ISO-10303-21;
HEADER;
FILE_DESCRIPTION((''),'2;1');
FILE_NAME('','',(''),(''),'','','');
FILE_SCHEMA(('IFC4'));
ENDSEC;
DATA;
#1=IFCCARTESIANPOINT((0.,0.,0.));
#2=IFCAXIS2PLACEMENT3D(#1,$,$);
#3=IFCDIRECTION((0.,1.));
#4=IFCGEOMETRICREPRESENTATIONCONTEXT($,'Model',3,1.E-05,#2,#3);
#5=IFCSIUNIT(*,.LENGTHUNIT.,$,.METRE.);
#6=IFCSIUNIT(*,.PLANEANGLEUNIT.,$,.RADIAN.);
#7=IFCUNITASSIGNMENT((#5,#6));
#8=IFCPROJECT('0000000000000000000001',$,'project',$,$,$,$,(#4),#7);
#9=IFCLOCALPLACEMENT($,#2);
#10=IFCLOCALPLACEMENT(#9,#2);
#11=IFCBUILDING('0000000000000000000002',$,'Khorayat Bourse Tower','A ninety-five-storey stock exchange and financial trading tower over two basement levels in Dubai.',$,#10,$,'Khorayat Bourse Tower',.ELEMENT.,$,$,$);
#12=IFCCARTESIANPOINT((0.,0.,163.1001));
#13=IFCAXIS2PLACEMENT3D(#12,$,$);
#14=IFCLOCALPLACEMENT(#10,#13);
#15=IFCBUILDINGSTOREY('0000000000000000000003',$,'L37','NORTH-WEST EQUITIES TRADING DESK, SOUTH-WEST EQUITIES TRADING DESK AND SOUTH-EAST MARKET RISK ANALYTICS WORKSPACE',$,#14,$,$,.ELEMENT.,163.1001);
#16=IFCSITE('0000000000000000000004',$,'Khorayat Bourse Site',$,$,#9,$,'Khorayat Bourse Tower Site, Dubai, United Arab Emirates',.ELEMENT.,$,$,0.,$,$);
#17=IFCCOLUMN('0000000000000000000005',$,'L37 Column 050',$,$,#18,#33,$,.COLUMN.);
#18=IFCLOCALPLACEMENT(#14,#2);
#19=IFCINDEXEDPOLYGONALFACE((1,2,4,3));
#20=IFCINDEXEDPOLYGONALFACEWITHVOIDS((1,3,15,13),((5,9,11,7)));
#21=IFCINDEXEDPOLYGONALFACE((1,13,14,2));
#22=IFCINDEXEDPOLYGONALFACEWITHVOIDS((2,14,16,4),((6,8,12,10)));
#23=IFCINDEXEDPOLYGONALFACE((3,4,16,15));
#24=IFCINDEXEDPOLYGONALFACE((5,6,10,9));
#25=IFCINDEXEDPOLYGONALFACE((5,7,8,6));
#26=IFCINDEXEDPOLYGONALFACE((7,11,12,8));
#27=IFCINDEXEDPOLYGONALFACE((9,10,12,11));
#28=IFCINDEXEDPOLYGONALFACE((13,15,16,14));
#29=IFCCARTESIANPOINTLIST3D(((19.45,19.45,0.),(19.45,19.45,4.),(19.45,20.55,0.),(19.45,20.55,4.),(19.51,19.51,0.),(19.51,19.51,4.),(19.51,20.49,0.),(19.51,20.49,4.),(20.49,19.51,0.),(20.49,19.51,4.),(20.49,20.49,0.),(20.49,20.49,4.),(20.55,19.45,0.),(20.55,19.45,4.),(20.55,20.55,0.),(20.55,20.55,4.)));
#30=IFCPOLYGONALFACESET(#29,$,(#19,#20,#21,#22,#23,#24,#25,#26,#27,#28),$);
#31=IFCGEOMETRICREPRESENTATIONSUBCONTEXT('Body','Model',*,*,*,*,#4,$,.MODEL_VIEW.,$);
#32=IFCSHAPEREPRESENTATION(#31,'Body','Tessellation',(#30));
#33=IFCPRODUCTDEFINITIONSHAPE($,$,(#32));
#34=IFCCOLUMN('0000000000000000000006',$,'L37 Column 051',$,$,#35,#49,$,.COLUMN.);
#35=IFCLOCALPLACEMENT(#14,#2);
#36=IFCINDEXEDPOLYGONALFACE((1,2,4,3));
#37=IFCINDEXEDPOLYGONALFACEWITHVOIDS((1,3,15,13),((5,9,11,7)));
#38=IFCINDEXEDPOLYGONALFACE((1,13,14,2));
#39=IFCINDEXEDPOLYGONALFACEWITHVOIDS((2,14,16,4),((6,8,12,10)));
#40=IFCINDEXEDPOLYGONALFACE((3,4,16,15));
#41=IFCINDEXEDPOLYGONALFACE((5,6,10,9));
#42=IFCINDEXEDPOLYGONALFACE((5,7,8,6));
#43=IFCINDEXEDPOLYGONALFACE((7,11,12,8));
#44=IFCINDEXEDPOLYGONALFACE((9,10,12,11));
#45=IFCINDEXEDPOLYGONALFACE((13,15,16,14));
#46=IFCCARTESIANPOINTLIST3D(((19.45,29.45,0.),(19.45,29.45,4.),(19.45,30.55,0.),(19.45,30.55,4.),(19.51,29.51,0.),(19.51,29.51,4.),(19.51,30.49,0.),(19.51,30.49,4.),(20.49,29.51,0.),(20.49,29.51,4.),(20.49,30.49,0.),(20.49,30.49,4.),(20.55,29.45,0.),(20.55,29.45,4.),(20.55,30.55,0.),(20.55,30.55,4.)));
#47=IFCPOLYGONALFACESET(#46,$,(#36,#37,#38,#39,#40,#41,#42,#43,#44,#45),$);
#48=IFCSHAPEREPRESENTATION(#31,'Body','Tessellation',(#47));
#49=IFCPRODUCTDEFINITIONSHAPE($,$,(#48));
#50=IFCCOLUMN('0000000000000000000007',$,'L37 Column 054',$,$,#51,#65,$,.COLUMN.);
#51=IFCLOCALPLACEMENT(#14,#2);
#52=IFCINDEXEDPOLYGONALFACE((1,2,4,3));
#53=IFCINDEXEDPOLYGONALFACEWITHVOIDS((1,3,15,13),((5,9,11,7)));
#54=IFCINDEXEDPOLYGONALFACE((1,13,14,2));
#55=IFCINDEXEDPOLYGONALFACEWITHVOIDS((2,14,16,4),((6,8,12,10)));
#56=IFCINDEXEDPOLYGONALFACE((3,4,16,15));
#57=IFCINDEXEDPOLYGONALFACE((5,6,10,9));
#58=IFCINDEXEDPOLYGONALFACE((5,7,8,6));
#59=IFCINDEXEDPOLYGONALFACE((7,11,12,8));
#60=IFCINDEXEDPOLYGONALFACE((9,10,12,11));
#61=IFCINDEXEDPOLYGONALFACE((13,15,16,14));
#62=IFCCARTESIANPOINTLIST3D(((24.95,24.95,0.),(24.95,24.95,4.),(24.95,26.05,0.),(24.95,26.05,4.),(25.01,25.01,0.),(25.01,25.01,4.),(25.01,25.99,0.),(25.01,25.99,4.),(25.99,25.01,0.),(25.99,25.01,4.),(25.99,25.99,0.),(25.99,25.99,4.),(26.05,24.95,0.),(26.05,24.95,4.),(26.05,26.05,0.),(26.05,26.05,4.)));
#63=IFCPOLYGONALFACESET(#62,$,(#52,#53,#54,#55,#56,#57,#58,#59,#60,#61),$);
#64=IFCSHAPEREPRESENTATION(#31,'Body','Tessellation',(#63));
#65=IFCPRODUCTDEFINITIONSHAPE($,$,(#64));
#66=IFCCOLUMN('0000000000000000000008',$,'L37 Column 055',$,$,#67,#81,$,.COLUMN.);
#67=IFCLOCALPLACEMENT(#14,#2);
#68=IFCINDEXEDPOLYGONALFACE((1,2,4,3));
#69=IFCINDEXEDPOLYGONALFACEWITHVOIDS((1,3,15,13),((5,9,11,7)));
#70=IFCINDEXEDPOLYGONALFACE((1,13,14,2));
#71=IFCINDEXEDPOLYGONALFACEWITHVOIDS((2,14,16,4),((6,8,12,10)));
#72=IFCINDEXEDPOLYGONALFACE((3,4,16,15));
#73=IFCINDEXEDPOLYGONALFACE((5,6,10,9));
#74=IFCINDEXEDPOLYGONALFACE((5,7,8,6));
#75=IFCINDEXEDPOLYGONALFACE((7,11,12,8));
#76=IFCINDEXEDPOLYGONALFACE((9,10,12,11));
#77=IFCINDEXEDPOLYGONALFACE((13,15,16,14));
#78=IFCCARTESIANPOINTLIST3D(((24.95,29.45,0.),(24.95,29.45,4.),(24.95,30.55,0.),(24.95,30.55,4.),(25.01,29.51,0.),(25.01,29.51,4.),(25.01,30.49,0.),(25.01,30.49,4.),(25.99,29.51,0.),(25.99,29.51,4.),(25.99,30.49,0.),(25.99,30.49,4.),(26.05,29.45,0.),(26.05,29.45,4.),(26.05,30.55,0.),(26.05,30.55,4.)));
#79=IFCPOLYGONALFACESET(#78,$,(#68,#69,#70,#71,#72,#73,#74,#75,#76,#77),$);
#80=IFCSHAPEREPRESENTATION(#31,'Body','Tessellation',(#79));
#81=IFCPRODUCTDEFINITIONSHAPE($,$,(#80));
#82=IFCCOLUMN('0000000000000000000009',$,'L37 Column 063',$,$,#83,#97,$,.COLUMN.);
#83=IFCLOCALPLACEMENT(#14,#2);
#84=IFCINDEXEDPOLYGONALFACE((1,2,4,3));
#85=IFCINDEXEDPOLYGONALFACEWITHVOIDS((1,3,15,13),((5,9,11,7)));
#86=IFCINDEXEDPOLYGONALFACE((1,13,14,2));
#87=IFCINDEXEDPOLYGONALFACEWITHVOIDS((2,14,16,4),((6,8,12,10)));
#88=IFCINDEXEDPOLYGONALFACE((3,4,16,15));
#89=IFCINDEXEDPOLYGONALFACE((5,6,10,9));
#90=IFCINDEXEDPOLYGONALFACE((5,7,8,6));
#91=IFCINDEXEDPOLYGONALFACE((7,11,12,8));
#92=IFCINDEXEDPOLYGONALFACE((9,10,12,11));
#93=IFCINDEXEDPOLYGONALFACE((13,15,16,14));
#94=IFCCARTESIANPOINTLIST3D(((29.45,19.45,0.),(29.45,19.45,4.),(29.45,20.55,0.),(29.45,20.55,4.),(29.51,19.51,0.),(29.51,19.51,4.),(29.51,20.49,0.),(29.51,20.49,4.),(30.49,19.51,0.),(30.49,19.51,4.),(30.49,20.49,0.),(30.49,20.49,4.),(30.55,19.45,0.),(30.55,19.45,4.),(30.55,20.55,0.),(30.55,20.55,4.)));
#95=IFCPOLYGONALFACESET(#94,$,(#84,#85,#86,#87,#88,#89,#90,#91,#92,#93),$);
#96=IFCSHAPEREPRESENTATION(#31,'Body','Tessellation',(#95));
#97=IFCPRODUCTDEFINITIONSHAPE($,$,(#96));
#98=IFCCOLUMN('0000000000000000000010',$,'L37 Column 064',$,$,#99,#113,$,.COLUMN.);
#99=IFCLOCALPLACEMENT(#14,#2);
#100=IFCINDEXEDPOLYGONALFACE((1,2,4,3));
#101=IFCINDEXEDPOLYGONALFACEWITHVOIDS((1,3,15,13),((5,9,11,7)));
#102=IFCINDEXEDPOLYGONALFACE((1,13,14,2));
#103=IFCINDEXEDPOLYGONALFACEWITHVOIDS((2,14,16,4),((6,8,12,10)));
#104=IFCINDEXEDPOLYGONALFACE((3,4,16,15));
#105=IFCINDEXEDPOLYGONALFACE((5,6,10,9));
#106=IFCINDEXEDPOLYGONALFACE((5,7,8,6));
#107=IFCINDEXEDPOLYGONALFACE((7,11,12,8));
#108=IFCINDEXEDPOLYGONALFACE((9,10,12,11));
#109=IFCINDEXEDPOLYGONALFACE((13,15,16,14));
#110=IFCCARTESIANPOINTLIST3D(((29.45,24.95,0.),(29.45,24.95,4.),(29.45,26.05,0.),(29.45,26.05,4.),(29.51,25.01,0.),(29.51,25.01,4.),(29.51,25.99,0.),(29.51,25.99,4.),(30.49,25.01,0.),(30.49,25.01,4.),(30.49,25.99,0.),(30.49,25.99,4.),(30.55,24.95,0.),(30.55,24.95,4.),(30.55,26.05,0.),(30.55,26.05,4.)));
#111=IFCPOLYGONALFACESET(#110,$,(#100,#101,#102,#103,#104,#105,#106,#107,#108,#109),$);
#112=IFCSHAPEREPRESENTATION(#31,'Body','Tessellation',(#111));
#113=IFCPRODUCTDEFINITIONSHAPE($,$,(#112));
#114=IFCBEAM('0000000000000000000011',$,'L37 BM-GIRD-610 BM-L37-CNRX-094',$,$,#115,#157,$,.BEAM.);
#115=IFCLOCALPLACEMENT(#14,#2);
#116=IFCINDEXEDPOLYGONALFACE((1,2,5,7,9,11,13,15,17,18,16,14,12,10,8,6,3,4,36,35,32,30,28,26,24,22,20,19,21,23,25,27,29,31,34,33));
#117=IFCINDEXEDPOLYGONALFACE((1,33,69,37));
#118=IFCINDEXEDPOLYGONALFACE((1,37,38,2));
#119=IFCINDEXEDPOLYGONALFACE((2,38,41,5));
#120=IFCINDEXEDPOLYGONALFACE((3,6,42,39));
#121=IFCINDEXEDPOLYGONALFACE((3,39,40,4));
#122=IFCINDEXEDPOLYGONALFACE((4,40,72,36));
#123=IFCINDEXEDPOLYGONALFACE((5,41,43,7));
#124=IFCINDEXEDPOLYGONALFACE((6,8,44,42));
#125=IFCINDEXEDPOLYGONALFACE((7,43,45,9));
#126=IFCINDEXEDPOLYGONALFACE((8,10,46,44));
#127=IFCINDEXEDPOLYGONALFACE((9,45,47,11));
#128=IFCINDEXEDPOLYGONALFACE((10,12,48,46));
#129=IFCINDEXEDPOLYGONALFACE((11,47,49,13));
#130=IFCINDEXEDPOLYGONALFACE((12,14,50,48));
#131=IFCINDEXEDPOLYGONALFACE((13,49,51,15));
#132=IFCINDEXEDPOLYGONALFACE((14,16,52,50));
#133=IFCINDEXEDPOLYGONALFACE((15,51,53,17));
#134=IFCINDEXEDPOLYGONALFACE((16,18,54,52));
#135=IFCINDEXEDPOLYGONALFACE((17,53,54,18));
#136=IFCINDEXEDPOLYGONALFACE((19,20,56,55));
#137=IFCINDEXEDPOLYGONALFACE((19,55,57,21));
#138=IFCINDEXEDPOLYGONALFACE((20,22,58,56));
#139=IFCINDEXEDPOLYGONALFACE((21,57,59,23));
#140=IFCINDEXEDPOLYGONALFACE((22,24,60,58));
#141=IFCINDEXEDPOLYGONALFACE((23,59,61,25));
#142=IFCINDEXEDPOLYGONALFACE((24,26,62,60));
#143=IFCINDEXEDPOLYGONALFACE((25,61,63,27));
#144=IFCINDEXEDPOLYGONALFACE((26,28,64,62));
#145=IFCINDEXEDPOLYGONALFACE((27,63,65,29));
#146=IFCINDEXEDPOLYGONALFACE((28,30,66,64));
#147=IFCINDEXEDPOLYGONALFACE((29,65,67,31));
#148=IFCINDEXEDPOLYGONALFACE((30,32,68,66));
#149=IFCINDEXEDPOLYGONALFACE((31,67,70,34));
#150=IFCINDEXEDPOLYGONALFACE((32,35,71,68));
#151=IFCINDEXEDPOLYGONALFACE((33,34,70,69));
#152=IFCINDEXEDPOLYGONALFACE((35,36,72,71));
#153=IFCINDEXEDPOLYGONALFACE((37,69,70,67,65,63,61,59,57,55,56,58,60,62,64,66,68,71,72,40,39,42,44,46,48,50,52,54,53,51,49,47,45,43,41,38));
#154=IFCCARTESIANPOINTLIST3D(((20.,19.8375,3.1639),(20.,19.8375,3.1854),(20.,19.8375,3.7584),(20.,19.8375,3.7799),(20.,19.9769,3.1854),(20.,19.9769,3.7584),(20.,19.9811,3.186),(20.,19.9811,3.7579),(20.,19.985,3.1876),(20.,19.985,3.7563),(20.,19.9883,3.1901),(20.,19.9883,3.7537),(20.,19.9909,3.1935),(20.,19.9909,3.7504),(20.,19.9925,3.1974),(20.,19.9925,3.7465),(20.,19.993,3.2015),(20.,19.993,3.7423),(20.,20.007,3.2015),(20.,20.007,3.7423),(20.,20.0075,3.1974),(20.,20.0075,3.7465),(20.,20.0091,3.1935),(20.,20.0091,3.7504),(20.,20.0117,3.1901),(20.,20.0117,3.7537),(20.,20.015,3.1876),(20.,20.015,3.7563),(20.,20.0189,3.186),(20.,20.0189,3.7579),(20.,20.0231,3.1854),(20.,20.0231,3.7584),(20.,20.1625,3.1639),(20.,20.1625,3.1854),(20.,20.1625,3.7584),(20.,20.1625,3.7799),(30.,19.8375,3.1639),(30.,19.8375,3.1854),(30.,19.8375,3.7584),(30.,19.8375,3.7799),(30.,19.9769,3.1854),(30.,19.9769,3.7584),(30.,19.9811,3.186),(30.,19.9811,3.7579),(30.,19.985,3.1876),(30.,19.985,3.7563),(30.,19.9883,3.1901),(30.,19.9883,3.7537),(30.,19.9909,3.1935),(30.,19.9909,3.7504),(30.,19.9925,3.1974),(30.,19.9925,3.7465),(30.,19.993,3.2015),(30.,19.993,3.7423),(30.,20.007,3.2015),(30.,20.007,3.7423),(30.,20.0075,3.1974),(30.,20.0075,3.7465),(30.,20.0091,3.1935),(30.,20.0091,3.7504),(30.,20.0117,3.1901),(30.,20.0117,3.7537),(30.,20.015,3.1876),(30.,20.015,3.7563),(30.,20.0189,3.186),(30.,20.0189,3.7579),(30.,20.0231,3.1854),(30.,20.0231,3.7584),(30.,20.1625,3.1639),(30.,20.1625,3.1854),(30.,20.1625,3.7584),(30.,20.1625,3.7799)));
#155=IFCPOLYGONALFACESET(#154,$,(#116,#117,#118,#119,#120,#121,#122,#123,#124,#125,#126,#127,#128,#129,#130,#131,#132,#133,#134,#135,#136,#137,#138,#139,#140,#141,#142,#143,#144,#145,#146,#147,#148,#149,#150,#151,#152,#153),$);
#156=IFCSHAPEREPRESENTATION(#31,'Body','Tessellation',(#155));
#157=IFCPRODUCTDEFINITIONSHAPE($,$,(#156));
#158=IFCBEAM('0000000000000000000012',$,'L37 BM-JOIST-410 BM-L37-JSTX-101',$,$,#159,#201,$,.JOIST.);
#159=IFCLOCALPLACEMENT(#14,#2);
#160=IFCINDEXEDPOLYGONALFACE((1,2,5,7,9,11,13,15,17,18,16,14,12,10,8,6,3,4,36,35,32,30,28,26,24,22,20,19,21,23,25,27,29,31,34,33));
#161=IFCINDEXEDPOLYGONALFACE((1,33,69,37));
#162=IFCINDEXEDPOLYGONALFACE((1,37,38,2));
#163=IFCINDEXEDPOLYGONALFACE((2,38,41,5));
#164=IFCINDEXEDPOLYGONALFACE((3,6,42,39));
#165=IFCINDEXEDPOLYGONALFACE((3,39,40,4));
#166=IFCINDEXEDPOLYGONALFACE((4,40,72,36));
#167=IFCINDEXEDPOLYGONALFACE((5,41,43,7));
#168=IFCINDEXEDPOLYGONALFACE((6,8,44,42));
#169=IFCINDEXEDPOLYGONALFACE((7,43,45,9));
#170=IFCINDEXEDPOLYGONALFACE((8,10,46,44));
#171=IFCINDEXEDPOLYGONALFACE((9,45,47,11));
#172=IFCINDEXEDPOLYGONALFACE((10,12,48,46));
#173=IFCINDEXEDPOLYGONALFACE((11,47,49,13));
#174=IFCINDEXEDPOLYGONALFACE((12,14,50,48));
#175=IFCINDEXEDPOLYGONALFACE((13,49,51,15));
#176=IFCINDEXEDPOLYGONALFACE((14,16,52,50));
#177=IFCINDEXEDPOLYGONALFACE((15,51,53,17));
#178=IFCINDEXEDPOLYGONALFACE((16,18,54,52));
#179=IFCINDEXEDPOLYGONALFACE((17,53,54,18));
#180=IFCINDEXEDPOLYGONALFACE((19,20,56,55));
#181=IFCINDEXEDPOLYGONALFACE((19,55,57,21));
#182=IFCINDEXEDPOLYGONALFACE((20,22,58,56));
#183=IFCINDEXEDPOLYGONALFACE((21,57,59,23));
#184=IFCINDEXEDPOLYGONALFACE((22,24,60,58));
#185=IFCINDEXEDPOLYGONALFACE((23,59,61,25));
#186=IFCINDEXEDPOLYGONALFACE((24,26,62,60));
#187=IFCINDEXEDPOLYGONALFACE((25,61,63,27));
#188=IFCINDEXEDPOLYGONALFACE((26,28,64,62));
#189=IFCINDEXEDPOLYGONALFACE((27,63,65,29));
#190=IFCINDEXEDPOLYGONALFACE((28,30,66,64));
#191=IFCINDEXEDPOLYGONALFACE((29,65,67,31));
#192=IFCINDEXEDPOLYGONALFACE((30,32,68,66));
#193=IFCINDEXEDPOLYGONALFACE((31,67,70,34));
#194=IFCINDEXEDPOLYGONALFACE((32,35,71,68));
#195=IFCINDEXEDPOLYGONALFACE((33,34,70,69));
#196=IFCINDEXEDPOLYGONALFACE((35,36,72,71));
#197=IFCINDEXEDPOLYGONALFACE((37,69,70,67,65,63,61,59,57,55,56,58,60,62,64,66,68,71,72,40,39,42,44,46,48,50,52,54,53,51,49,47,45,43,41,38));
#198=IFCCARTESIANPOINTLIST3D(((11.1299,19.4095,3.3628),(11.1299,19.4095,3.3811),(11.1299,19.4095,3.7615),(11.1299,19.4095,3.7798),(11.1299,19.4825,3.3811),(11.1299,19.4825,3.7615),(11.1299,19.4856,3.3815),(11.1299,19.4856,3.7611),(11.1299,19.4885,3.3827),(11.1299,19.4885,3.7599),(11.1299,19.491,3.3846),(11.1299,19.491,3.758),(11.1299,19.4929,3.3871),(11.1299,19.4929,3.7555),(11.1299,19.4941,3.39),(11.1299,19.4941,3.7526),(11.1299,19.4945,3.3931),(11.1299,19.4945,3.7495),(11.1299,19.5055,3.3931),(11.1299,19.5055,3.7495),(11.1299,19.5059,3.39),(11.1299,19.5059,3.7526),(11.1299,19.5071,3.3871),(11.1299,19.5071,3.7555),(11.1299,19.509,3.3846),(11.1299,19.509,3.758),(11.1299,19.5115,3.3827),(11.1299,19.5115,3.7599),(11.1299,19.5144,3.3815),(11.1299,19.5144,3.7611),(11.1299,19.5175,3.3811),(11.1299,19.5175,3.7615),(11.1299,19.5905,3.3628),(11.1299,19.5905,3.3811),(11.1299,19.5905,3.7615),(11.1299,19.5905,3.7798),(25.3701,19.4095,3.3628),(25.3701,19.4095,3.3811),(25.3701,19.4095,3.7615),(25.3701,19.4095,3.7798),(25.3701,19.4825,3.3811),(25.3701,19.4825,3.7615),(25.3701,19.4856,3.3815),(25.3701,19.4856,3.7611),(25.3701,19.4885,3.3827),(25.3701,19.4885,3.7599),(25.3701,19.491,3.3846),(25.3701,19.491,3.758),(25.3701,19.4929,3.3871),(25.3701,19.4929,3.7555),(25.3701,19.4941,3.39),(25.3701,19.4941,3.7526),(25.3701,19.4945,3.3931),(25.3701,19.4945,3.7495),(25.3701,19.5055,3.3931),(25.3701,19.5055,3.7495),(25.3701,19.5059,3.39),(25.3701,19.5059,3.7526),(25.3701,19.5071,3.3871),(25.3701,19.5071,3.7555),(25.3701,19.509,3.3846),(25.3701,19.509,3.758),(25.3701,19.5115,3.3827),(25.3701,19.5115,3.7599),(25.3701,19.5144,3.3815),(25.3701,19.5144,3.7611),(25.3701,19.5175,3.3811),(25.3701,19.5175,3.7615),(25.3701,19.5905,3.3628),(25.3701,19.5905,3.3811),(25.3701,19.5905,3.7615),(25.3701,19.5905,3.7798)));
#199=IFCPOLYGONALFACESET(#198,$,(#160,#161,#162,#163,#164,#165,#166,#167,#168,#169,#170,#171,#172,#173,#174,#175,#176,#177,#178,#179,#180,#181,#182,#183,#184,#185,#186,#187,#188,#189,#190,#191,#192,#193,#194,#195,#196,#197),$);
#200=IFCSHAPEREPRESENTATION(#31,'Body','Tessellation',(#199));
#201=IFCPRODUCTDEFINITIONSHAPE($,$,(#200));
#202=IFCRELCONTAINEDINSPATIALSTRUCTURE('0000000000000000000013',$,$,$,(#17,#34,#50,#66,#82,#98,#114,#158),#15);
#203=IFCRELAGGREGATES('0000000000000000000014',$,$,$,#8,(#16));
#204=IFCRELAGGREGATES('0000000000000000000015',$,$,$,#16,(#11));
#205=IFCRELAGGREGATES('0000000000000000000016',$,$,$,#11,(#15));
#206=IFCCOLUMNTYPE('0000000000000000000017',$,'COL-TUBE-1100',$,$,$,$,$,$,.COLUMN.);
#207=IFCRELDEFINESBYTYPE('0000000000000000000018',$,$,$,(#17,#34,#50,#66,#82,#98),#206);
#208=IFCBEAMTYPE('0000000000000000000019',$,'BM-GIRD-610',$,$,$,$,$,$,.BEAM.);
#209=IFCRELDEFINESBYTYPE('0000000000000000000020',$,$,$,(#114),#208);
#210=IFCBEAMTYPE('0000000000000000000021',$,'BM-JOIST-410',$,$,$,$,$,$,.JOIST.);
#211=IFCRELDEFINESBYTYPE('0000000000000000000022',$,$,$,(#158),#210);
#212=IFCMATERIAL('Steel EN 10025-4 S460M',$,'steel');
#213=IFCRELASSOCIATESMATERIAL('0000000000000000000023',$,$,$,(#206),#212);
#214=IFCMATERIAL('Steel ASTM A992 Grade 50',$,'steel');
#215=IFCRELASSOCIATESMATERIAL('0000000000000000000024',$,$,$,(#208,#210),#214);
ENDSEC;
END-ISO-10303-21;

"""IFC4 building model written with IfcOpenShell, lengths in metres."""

from ifc_helpers import new_model, si_unit, direction, frame, origin, origin_2d, place, context, subcontext, project, spatial, hollow_rectangle, i_section, extrude, source, transform, mapped, material, material_profile, profile_set, type_object, element, save


model = new_model("IFC4")

# Units and contexts
model_context = context("Model", 3, precision=1e-05, world=origin(), true_north=direction((0.0, 1.0)))
body_context = subcontext(model_context, "Body", "Model", "MODEL_VIEW")
ifc_project = project(units=[si_unit("LENGTHUNIT", "METRE"), si_unit("PLANEANGLEUNIT", "RADIAN")], contexts=[model_context])

# Site, building, storey
site_placement = place(None, origin())
site = spatial("IfcSite", under=ifc_project, at=site_placement, Name="Khorayat Bourse Site", LongName="Khorayat Bourse Tower Site, Dubai, United Arab Emirates", CompositionType="ELEMENT", RefElevation=0.0)
building_placement = place(site_placement, origin())
building = spatial("IfcBuilding", under=site, at=building_placement, Name="Khorayat Bourse Tower", Description="A ninety-five-storey stock exchange and financial trading tower over two basement levels in Dubai.", LongName="Khorayat Bourse Tower", CompositionType="ELEMENT")
storey_placement = place(building_placement, frame((0.0, 0.0, 163.1001)))
storey = spatial("IfcBuildingStorey", under=building, at=storey_placement, Name="L37", Description="NORTH-WEST EQUITIES TRADING DESK, SOUTH-WEST EQUITIES TRADING DESK AND SOUTH-EAST MARKET RISK ANALYTICS WORKSPACE", CompositionType="ELEMENT", Elevation=163.1001)

# Columns
ifc_material_1 = material(Name="Steel EN 10025-4 S460M", Category="steel")
ifc_material_profile_1 = material_profile(ifc_material_1, hollow_rectangle(XDim=1.1001, YDim=1.1001, WallThickness=0.0601, at=origin_2d()), Name="BOX 1100x1100x60")
ifc_profile_set_1 = profile_set([ifc_material_profile_1], Name="Steel EN 10025-4 S460M")
column_type = type_object("IfcColumnType", Name="COL-TUBE-1100", PredefinedType="COLUMN", material=ifc_profile_set_1)
shared_shape_1 = source(origin(), body_context, "Body", "SweptSolid", [
    extrude(hollow_rectangle(XDim=1.1001, YDim=1.1001, WallThickness=0.0601, at=origin_2d()), origin(), (0.0, 0.0, 1.0), 4.0),
])
for number, where, z_axis, x_axis, name in (
    (1, (20.0, 20.0, 0.0), (0.0, 0.0, 1.0), (1.0, 0.0, 0.0), "L37 Column 050"),
    (2, (20.0, 30.0, 0.0), (0.0, 0.0, 1.0), (1.0, 0.0, 0.0), "L37 Column 051"),
    (3, (25.5, 25.5, 0.0), (0.0, 0.0, 1.0), (1.0, 0.0, 0.0), "L37 Column 054"),
    (4, (25.5, 30.0, 0.0), (0.0, 0.0, 1.0), (1.0, 0.0, 0.0), "L37 Column 055"),
    (5, (30.0, 20.0, 0.0), (0.0, 0.0, 1.0), (1.0, 0.0, 0.0), "L37 Column 063"),
    (6, (30.0, 25.5, 0.0), (0.0, 0.0, 1.0), (1.0, 0.0, 0.0), "L37 Column 064"),
):
    element("IfcColumn", number, at=place(storey_placement, frame(where, z_axis=z_axis, x_axis=x_axis)), inside=storey, type_object=column_type, Name=name, PredefinedType="COLUMN", context=body_context, shape_type="MappedRepresentation", body=[
        mapped(shared_shape_1, transform((0.0, 0.0, 0.0), scale=1.0)),
    ])

# Beams
ifc_material_2 = material(Name="Steel ASTM A992 Grade 50", Category="steel")
ifc_material_profile_2 = material_profile(ifc_material_2, i_section(OverallWidth=0.325, OverallDepth=0.616, WebThickness=0.0139, FlangeThickness=0.0215, FilletRadius=0.0161, at=origin_2d()), Name="W610X174")
ifc_profile_set_2 = profile_set([ifc_material_profile_2], Name="Steel ASTM A992 Grade 50")
beam_type_1 = type_object("IfcBeamType", Name="BM-GIRD-610", PredefinedType="BEAM", material=ifc_profile_set_2)
shared_shape_2 = source(origin(), body_context, "Body", "SweptSolid", [
    extrude(i_section(OverallWidth=0.325, OverallDepth=0.616, WebThickness=0.0139, FlangeThickness=0.0215, FilletRadius=0.0161, at=origin_2d()), origin(), (0.0, 0.0, 1.0), 10.0),
])
beam_1_placement = place(storey_placement, frame((20.0, 20.0, 3.4719), z_axis=(1.0, 0.0, 0.0), x_axis=(0.0, 1.0, 0.0)))
element("IfcBeam", 7, at=beam_1_placement, inside=storey, type_object=beam_type_1, Name="L37 BM-GIRD-610 BM-L37-CNRX-094", PredefinedType="BEAM", context=body_context, shape_type="MappedRepresentation", body=[
    mapped(shared_shape_2, transform((0.0, 0.0, 0.0), scale=1.0)),
])
ifc_material_profile_3 = material_profile(ifc_material_2, i_section(OverallWidth=0.1809, OverallDepth=0.417, WebThickness=0.011, FlangeThickness=0.0183, FilletRadius=0.012, at=origin_2d()), Name="W410X85")
ifc_profile_set_3 = profile_set([ifc_material_profile_3], Name="Steel ASTM A992 Grade 50")
beam_type_2 = type_object("IfcBeamType", Name="BM-JOIST-410", PredefinedType="JOIST", material=ifc_profile_set_3)
shared_shape_3 = source(origin(), body_context, "Body", "SweptSolid", [
    extrude(i_section(OverallWidth=0.1809, OverallDepth=0.417, WebThickness=0.011, FlangeThickness=0.0183, FilletRadius=0.012, at=origin_2d()), origin(), (0.0, 0.0, 1.0), 14.2402),
])
beam_2_placement = place(storey_placement, frame((11.1299, 19.5, 3.5713), z_axis=(1.0, 0.0, 0.0), x_axis=(0.0, 1.0, 0.0)))
element("IfcBeam", 8, at=beam_2_placement, inside=storey, type_object=beam_type_2, Name="L37 BM-JOIST-410 BM-L37-JSTX-101", PredefinedType="JOIST", context=body_context, shape_type="MappedRepresentation", body=[
    mapped(shared_shape_3, transform((0.0, 0.0, 0.0), scale=1.0)),
])

save(model, "model.ifc")
